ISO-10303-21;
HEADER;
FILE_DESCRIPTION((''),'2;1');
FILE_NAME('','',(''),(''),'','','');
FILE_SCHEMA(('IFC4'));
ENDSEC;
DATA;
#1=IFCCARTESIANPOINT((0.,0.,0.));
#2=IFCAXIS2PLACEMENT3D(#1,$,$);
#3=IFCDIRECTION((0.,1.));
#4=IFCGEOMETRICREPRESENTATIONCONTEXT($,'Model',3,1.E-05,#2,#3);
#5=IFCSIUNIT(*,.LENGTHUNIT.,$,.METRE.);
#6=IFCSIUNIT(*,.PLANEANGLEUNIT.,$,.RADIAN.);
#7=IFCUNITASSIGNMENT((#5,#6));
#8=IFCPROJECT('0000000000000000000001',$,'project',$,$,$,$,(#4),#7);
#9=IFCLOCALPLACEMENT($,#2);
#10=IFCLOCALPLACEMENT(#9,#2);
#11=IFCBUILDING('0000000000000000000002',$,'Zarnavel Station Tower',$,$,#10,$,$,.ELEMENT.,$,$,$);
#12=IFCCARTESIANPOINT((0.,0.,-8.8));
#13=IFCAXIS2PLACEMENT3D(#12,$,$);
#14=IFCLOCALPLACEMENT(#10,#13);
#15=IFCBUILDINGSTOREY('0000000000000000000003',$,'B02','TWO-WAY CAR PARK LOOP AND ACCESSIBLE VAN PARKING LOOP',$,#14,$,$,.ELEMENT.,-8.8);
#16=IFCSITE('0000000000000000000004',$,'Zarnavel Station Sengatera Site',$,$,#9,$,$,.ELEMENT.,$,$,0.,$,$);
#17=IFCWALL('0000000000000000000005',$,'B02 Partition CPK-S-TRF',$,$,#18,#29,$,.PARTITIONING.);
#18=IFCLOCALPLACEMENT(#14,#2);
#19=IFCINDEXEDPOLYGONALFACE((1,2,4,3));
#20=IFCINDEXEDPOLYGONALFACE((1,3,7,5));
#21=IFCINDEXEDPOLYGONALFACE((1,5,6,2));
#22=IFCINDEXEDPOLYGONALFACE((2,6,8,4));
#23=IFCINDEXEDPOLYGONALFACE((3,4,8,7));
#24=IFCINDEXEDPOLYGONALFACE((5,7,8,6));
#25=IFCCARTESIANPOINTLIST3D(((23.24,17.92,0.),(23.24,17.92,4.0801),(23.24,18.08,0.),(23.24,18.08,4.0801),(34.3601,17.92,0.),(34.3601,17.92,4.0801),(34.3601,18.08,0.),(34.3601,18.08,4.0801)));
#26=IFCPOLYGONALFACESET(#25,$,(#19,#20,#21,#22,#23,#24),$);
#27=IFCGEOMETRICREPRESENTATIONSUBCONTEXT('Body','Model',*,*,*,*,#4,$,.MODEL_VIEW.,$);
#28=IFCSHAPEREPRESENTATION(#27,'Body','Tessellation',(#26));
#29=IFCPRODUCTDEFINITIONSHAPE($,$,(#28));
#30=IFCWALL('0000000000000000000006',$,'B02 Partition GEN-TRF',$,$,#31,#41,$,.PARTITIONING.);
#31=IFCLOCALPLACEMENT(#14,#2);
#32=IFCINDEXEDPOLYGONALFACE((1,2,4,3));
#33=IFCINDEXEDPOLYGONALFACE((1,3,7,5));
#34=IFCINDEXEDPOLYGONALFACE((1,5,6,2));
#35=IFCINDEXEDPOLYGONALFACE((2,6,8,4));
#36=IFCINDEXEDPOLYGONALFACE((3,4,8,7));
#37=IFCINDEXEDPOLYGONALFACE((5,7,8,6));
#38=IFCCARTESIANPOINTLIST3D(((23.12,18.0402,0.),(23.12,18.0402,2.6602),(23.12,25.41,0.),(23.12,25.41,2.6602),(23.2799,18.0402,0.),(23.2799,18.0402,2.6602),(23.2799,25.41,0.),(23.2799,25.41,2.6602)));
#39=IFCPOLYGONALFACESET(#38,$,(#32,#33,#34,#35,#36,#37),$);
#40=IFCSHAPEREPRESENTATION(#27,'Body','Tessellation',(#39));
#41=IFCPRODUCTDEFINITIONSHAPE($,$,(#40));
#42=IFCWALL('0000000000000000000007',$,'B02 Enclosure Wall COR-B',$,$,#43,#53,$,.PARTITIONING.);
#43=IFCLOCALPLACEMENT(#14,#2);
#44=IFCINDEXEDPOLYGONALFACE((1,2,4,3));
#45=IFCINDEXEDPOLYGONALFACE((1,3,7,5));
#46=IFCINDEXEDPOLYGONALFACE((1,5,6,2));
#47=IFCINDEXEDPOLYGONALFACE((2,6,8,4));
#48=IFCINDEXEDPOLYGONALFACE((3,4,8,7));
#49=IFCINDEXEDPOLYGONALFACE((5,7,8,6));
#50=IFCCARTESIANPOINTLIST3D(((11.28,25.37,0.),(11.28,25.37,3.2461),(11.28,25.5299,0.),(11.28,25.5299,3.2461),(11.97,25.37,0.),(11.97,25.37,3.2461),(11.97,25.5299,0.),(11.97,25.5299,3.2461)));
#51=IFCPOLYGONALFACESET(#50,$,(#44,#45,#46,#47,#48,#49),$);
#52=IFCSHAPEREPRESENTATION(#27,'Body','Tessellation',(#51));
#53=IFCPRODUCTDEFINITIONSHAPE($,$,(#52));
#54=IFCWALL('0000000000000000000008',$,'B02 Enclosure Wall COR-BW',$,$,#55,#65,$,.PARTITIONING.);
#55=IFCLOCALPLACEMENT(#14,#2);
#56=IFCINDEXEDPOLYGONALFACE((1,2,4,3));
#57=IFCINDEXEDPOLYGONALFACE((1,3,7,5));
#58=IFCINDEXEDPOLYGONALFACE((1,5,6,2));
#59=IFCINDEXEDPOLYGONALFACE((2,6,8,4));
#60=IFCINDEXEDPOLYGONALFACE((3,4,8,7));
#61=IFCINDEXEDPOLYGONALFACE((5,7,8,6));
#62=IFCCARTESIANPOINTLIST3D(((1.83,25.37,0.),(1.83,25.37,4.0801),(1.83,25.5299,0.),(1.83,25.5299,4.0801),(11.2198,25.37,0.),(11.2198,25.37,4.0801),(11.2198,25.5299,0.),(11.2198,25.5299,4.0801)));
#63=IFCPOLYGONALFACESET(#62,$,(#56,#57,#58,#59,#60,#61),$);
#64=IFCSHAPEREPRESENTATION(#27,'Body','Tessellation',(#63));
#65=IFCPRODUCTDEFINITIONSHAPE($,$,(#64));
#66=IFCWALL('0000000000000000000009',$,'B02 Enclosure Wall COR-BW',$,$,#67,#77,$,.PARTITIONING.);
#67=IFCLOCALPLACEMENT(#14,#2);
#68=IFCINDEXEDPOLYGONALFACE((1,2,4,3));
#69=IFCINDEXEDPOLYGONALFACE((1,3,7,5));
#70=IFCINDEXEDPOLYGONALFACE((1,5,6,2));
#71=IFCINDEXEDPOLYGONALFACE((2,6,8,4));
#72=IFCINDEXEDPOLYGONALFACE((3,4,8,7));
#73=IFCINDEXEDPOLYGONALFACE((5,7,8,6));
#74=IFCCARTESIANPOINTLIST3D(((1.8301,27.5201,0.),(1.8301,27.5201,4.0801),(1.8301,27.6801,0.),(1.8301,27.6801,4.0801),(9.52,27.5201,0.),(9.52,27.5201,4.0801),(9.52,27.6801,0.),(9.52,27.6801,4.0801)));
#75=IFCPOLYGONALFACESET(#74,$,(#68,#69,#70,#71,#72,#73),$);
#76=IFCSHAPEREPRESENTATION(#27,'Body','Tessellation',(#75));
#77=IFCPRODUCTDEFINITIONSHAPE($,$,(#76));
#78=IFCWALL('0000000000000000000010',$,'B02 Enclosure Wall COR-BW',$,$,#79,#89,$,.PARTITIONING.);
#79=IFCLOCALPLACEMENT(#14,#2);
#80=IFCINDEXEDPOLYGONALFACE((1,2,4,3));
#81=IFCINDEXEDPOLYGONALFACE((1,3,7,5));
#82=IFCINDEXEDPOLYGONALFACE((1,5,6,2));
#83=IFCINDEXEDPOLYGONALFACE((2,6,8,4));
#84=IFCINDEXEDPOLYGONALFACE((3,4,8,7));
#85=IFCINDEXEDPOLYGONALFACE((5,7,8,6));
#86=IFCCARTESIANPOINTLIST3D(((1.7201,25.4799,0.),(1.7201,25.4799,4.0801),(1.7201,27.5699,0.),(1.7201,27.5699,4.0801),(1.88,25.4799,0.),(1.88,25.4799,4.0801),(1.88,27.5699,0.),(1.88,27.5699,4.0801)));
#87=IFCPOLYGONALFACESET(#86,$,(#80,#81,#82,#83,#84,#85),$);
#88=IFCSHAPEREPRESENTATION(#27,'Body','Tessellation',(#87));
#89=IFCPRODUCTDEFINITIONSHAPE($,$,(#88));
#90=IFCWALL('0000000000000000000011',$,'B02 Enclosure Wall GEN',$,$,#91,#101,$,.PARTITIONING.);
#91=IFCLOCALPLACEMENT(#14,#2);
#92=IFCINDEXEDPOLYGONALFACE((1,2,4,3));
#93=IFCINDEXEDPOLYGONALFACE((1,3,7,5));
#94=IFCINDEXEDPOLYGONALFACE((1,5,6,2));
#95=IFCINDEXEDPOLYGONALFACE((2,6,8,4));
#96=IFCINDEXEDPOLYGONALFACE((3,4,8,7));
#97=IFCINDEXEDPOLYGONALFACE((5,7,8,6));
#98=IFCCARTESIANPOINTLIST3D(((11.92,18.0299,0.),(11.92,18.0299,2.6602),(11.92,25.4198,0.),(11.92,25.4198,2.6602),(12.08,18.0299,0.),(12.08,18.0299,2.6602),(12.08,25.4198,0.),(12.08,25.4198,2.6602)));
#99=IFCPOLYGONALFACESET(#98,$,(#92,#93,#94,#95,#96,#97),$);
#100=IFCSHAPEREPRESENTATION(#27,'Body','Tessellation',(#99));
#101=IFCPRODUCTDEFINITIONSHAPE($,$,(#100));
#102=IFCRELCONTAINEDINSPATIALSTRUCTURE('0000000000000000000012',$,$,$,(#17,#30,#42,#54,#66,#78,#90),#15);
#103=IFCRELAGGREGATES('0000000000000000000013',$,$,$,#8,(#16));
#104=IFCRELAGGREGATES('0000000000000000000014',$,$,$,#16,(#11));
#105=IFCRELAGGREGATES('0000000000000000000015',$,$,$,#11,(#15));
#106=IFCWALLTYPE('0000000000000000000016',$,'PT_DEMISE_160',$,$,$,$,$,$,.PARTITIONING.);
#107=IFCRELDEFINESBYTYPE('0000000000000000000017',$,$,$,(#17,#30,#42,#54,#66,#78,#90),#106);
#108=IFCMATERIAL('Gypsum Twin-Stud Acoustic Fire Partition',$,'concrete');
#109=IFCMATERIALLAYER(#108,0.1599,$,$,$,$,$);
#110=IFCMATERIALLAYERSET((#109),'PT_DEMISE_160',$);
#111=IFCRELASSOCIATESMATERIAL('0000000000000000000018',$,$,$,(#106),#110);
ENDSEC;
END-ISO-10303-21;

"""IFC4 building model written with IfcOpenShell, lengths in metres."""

from ifc_helpers import new_model, si_unit, direction, frame, frame_2d, origin, place, context, subcontext, project, spatial, rectangle, extrude, material, layer, layer_set, type_object, element, save


model = new_model("IFC4")

# Units and contexts
model_context = context("Model", 3, precision=1e-05, world=origin(), true_north=direction((0.0, 1.0)))
body_context = subcontext(model_context, "Body", "Model", "MODEL_VIEW")
ifc_project = project(units=[si_unit("LENGTHUNIT", "METRE"), si_unit("PLANEANGLEUNIT", "RADIAN")], contexts=[model_context])

# Site, building, storey
site_placement = place(None, origin())
site = spatial("IfcSite", under=ifc_project, at=site_placement, Name="Zarnavel Station Sengatera Site", CompositionType="ELEMENT", RefElevation=0.0)
building_placement = place(site_placement, origin())
building = spatial("IfcBuilding", under=site, at=building_placement, Name="Zarnavel Station Tower", CompositionType="ELEMENT")
storey_placement = place(building_placement, frame((0.0, 0.0, -8.8)))
storey = spatial("IfcBuildingStorey", under=building, at=storey_placement, Name="B02", Description="TWO-WAY CAR PARK LOOP AND ACCESSIBLE VAN PARKING LOOP", CompositionType="ELEMENT", Elevation=-8.8)

# Shared definitions
ifc_material_1 = material(Name="Gypsum Twin-Stud Acoustic Fire Partition", Category="concrete")
ifc_layer_1 = layer(ifc_material_1, 0.1599)
ifc_layer_set_1 = layer_set([ifc_layer_1], Name="PT_DEMISE_160")
wall_type = type_object("IfcWallType", Name="PT_DEMISE_160", PredefinedType="PARTITIONING", material=ifc_layer_set_1)

# Walls
wall_1_placement = place(storey_placement, frame((23.24, 18.0, 0.0), z_axis=(0.0, 0.0, 1.0), x_axis=(1.0, 0.0, 0.0)))
element("IfcWall", 1, at=wall_1_placement, inside=storey, type_object=wall_type, Name="B02 Partition CPK-S-TRF", PredefinedType="PARTITIONING", context=body_context, shape_type="SweptSolid", body=[
    extrude(rectangle(XDim=11.1201, YDim=0.1599, at=frame_2d((5.5601, 0.0))), origin(), (0.0, 0.0, 1.0), 4.0801),
])
wall_2_placement = place(storey_placement, frame((23.2, 18.04, 0.0), z_axis=(0.0, 0.0, 1.0), x_axis=(0.0, 1.0, 0.0)))
element("IfcWall", 2, at=wall_2_placement, inside=storey, type_object=wall_type, Name="B02 Partition GEN-TRF", PredefinedType="PARTITIONING", context=body_context, shape_type="SweptSolid", body=[
    extrude(rectangle(XDim=7.3699, YDim=0.1599, at=frame_2d((3.6851, 0.0))), origin(), (0.0, 0.0, 1.0), 2.6602),
])
wall_3_placement = place(storey_placement, frame((11.28, 25.45, 0.0), z_axis=(0.0, 0.0, 1.0), x_axis=(1.0, 0.0, 0.0)))
element("IfcWall", 3, at=wall_3_placement, inside=storey, type_object=wall_type, Name="B02 Enclosure Wall COR-B", PredefinedType="PARTITIONING", context=body_context, shape_type="SweptSolid", body=[
    extrude(rectangle(XDim=0.6899, YDim=0.1599, at=frame_2d((0.345, 0.0))), origin(), (0.0, 0.0, 1.0), 3.2461),
])
wall_4_placement = place(storey_placement, frame((1.8301, 25.45, 0.0), z_axis=(0.0, 0.0, 1.0), x_axis=(1.0, 0.0, 0.0)))
element("IfcWall", 4, at=wall_4_placement, inside=storey, type_object=wall_type, Name="B02 Enclosure Wall COR-BW", PredefinedType="PARTITIONING", context=body_context, shape_type="SweptSolid", body=[
    extrude(rectangle(XDim=9.3899, YDim=0.1599, at=frame_2d((4.6948, 0.0))), origin(), (0.0, 0.0, 1.0), 4.0801),
])
wall_5_placement = place(storey_placement, frame((1.8301, 27.6001, 0.0), z_axis=(0.0, 0.0, 1.0), x_axis=(1.0, 0.0, 0.0)))
element("IfcWall", 5, at=wall_5_placement, inside=storey, type_object=wall_type, Name="B02 Enclosure Wall COR-BW", PredefinedType="PARTITIONING", context=body_context, shape_type="SweptSolid", body=[
    extrude(rectangle(XDim=7.6899, YDim=0.1599, at=frame_2d((3.845, 0.0))), origin(), (0.0, 0.0, 1.0), 4.0801),
])
wall_6_placement = place(storey_placement, frame((1.8, 25.48, 0.0), z_axis=(0.0, 0.0, 1.0), x_axis=(0.0, 1.0, 0.0)))
element("IfcWall", 6, at=wall_6_placement, inside=storey, type_object=wall_type, Name="B02 Enclosure Wall COR-BW", PredefinedType="PARTITIONING", context=body_context, shape_type="SweptSolid", body=[
    extrude(rectangle(XDim=2.0901, YDim=0.1599, at=frame_2d((1.0449, 0.0))), origin(), (0.0, 0.0, 1.0), 4.0801),
])
wall_7_placement = place(storey_placement, frame((12.0, 18.03, 0.0), z_axis=(0.0, 0.0, 1.0), x_axis=(0.0, 1.0, 0.0)))
element("IfcWall", 7, at=wall_7_placement, inside=storey, type_object=wall_type, Name="B02 Enclosure Wall GEN", PredefinedType="PARTITIONING", context=body_context, shape_type="SweptSolid", body=[
    extrude(rectangle(XDim=7.3899, YDim=0.1599, at=frame_2d((3.6948, 0.0))), origin(), (0.0, 0.0, 1.0), 2.6602),
])

save(model, "model.ifc")
